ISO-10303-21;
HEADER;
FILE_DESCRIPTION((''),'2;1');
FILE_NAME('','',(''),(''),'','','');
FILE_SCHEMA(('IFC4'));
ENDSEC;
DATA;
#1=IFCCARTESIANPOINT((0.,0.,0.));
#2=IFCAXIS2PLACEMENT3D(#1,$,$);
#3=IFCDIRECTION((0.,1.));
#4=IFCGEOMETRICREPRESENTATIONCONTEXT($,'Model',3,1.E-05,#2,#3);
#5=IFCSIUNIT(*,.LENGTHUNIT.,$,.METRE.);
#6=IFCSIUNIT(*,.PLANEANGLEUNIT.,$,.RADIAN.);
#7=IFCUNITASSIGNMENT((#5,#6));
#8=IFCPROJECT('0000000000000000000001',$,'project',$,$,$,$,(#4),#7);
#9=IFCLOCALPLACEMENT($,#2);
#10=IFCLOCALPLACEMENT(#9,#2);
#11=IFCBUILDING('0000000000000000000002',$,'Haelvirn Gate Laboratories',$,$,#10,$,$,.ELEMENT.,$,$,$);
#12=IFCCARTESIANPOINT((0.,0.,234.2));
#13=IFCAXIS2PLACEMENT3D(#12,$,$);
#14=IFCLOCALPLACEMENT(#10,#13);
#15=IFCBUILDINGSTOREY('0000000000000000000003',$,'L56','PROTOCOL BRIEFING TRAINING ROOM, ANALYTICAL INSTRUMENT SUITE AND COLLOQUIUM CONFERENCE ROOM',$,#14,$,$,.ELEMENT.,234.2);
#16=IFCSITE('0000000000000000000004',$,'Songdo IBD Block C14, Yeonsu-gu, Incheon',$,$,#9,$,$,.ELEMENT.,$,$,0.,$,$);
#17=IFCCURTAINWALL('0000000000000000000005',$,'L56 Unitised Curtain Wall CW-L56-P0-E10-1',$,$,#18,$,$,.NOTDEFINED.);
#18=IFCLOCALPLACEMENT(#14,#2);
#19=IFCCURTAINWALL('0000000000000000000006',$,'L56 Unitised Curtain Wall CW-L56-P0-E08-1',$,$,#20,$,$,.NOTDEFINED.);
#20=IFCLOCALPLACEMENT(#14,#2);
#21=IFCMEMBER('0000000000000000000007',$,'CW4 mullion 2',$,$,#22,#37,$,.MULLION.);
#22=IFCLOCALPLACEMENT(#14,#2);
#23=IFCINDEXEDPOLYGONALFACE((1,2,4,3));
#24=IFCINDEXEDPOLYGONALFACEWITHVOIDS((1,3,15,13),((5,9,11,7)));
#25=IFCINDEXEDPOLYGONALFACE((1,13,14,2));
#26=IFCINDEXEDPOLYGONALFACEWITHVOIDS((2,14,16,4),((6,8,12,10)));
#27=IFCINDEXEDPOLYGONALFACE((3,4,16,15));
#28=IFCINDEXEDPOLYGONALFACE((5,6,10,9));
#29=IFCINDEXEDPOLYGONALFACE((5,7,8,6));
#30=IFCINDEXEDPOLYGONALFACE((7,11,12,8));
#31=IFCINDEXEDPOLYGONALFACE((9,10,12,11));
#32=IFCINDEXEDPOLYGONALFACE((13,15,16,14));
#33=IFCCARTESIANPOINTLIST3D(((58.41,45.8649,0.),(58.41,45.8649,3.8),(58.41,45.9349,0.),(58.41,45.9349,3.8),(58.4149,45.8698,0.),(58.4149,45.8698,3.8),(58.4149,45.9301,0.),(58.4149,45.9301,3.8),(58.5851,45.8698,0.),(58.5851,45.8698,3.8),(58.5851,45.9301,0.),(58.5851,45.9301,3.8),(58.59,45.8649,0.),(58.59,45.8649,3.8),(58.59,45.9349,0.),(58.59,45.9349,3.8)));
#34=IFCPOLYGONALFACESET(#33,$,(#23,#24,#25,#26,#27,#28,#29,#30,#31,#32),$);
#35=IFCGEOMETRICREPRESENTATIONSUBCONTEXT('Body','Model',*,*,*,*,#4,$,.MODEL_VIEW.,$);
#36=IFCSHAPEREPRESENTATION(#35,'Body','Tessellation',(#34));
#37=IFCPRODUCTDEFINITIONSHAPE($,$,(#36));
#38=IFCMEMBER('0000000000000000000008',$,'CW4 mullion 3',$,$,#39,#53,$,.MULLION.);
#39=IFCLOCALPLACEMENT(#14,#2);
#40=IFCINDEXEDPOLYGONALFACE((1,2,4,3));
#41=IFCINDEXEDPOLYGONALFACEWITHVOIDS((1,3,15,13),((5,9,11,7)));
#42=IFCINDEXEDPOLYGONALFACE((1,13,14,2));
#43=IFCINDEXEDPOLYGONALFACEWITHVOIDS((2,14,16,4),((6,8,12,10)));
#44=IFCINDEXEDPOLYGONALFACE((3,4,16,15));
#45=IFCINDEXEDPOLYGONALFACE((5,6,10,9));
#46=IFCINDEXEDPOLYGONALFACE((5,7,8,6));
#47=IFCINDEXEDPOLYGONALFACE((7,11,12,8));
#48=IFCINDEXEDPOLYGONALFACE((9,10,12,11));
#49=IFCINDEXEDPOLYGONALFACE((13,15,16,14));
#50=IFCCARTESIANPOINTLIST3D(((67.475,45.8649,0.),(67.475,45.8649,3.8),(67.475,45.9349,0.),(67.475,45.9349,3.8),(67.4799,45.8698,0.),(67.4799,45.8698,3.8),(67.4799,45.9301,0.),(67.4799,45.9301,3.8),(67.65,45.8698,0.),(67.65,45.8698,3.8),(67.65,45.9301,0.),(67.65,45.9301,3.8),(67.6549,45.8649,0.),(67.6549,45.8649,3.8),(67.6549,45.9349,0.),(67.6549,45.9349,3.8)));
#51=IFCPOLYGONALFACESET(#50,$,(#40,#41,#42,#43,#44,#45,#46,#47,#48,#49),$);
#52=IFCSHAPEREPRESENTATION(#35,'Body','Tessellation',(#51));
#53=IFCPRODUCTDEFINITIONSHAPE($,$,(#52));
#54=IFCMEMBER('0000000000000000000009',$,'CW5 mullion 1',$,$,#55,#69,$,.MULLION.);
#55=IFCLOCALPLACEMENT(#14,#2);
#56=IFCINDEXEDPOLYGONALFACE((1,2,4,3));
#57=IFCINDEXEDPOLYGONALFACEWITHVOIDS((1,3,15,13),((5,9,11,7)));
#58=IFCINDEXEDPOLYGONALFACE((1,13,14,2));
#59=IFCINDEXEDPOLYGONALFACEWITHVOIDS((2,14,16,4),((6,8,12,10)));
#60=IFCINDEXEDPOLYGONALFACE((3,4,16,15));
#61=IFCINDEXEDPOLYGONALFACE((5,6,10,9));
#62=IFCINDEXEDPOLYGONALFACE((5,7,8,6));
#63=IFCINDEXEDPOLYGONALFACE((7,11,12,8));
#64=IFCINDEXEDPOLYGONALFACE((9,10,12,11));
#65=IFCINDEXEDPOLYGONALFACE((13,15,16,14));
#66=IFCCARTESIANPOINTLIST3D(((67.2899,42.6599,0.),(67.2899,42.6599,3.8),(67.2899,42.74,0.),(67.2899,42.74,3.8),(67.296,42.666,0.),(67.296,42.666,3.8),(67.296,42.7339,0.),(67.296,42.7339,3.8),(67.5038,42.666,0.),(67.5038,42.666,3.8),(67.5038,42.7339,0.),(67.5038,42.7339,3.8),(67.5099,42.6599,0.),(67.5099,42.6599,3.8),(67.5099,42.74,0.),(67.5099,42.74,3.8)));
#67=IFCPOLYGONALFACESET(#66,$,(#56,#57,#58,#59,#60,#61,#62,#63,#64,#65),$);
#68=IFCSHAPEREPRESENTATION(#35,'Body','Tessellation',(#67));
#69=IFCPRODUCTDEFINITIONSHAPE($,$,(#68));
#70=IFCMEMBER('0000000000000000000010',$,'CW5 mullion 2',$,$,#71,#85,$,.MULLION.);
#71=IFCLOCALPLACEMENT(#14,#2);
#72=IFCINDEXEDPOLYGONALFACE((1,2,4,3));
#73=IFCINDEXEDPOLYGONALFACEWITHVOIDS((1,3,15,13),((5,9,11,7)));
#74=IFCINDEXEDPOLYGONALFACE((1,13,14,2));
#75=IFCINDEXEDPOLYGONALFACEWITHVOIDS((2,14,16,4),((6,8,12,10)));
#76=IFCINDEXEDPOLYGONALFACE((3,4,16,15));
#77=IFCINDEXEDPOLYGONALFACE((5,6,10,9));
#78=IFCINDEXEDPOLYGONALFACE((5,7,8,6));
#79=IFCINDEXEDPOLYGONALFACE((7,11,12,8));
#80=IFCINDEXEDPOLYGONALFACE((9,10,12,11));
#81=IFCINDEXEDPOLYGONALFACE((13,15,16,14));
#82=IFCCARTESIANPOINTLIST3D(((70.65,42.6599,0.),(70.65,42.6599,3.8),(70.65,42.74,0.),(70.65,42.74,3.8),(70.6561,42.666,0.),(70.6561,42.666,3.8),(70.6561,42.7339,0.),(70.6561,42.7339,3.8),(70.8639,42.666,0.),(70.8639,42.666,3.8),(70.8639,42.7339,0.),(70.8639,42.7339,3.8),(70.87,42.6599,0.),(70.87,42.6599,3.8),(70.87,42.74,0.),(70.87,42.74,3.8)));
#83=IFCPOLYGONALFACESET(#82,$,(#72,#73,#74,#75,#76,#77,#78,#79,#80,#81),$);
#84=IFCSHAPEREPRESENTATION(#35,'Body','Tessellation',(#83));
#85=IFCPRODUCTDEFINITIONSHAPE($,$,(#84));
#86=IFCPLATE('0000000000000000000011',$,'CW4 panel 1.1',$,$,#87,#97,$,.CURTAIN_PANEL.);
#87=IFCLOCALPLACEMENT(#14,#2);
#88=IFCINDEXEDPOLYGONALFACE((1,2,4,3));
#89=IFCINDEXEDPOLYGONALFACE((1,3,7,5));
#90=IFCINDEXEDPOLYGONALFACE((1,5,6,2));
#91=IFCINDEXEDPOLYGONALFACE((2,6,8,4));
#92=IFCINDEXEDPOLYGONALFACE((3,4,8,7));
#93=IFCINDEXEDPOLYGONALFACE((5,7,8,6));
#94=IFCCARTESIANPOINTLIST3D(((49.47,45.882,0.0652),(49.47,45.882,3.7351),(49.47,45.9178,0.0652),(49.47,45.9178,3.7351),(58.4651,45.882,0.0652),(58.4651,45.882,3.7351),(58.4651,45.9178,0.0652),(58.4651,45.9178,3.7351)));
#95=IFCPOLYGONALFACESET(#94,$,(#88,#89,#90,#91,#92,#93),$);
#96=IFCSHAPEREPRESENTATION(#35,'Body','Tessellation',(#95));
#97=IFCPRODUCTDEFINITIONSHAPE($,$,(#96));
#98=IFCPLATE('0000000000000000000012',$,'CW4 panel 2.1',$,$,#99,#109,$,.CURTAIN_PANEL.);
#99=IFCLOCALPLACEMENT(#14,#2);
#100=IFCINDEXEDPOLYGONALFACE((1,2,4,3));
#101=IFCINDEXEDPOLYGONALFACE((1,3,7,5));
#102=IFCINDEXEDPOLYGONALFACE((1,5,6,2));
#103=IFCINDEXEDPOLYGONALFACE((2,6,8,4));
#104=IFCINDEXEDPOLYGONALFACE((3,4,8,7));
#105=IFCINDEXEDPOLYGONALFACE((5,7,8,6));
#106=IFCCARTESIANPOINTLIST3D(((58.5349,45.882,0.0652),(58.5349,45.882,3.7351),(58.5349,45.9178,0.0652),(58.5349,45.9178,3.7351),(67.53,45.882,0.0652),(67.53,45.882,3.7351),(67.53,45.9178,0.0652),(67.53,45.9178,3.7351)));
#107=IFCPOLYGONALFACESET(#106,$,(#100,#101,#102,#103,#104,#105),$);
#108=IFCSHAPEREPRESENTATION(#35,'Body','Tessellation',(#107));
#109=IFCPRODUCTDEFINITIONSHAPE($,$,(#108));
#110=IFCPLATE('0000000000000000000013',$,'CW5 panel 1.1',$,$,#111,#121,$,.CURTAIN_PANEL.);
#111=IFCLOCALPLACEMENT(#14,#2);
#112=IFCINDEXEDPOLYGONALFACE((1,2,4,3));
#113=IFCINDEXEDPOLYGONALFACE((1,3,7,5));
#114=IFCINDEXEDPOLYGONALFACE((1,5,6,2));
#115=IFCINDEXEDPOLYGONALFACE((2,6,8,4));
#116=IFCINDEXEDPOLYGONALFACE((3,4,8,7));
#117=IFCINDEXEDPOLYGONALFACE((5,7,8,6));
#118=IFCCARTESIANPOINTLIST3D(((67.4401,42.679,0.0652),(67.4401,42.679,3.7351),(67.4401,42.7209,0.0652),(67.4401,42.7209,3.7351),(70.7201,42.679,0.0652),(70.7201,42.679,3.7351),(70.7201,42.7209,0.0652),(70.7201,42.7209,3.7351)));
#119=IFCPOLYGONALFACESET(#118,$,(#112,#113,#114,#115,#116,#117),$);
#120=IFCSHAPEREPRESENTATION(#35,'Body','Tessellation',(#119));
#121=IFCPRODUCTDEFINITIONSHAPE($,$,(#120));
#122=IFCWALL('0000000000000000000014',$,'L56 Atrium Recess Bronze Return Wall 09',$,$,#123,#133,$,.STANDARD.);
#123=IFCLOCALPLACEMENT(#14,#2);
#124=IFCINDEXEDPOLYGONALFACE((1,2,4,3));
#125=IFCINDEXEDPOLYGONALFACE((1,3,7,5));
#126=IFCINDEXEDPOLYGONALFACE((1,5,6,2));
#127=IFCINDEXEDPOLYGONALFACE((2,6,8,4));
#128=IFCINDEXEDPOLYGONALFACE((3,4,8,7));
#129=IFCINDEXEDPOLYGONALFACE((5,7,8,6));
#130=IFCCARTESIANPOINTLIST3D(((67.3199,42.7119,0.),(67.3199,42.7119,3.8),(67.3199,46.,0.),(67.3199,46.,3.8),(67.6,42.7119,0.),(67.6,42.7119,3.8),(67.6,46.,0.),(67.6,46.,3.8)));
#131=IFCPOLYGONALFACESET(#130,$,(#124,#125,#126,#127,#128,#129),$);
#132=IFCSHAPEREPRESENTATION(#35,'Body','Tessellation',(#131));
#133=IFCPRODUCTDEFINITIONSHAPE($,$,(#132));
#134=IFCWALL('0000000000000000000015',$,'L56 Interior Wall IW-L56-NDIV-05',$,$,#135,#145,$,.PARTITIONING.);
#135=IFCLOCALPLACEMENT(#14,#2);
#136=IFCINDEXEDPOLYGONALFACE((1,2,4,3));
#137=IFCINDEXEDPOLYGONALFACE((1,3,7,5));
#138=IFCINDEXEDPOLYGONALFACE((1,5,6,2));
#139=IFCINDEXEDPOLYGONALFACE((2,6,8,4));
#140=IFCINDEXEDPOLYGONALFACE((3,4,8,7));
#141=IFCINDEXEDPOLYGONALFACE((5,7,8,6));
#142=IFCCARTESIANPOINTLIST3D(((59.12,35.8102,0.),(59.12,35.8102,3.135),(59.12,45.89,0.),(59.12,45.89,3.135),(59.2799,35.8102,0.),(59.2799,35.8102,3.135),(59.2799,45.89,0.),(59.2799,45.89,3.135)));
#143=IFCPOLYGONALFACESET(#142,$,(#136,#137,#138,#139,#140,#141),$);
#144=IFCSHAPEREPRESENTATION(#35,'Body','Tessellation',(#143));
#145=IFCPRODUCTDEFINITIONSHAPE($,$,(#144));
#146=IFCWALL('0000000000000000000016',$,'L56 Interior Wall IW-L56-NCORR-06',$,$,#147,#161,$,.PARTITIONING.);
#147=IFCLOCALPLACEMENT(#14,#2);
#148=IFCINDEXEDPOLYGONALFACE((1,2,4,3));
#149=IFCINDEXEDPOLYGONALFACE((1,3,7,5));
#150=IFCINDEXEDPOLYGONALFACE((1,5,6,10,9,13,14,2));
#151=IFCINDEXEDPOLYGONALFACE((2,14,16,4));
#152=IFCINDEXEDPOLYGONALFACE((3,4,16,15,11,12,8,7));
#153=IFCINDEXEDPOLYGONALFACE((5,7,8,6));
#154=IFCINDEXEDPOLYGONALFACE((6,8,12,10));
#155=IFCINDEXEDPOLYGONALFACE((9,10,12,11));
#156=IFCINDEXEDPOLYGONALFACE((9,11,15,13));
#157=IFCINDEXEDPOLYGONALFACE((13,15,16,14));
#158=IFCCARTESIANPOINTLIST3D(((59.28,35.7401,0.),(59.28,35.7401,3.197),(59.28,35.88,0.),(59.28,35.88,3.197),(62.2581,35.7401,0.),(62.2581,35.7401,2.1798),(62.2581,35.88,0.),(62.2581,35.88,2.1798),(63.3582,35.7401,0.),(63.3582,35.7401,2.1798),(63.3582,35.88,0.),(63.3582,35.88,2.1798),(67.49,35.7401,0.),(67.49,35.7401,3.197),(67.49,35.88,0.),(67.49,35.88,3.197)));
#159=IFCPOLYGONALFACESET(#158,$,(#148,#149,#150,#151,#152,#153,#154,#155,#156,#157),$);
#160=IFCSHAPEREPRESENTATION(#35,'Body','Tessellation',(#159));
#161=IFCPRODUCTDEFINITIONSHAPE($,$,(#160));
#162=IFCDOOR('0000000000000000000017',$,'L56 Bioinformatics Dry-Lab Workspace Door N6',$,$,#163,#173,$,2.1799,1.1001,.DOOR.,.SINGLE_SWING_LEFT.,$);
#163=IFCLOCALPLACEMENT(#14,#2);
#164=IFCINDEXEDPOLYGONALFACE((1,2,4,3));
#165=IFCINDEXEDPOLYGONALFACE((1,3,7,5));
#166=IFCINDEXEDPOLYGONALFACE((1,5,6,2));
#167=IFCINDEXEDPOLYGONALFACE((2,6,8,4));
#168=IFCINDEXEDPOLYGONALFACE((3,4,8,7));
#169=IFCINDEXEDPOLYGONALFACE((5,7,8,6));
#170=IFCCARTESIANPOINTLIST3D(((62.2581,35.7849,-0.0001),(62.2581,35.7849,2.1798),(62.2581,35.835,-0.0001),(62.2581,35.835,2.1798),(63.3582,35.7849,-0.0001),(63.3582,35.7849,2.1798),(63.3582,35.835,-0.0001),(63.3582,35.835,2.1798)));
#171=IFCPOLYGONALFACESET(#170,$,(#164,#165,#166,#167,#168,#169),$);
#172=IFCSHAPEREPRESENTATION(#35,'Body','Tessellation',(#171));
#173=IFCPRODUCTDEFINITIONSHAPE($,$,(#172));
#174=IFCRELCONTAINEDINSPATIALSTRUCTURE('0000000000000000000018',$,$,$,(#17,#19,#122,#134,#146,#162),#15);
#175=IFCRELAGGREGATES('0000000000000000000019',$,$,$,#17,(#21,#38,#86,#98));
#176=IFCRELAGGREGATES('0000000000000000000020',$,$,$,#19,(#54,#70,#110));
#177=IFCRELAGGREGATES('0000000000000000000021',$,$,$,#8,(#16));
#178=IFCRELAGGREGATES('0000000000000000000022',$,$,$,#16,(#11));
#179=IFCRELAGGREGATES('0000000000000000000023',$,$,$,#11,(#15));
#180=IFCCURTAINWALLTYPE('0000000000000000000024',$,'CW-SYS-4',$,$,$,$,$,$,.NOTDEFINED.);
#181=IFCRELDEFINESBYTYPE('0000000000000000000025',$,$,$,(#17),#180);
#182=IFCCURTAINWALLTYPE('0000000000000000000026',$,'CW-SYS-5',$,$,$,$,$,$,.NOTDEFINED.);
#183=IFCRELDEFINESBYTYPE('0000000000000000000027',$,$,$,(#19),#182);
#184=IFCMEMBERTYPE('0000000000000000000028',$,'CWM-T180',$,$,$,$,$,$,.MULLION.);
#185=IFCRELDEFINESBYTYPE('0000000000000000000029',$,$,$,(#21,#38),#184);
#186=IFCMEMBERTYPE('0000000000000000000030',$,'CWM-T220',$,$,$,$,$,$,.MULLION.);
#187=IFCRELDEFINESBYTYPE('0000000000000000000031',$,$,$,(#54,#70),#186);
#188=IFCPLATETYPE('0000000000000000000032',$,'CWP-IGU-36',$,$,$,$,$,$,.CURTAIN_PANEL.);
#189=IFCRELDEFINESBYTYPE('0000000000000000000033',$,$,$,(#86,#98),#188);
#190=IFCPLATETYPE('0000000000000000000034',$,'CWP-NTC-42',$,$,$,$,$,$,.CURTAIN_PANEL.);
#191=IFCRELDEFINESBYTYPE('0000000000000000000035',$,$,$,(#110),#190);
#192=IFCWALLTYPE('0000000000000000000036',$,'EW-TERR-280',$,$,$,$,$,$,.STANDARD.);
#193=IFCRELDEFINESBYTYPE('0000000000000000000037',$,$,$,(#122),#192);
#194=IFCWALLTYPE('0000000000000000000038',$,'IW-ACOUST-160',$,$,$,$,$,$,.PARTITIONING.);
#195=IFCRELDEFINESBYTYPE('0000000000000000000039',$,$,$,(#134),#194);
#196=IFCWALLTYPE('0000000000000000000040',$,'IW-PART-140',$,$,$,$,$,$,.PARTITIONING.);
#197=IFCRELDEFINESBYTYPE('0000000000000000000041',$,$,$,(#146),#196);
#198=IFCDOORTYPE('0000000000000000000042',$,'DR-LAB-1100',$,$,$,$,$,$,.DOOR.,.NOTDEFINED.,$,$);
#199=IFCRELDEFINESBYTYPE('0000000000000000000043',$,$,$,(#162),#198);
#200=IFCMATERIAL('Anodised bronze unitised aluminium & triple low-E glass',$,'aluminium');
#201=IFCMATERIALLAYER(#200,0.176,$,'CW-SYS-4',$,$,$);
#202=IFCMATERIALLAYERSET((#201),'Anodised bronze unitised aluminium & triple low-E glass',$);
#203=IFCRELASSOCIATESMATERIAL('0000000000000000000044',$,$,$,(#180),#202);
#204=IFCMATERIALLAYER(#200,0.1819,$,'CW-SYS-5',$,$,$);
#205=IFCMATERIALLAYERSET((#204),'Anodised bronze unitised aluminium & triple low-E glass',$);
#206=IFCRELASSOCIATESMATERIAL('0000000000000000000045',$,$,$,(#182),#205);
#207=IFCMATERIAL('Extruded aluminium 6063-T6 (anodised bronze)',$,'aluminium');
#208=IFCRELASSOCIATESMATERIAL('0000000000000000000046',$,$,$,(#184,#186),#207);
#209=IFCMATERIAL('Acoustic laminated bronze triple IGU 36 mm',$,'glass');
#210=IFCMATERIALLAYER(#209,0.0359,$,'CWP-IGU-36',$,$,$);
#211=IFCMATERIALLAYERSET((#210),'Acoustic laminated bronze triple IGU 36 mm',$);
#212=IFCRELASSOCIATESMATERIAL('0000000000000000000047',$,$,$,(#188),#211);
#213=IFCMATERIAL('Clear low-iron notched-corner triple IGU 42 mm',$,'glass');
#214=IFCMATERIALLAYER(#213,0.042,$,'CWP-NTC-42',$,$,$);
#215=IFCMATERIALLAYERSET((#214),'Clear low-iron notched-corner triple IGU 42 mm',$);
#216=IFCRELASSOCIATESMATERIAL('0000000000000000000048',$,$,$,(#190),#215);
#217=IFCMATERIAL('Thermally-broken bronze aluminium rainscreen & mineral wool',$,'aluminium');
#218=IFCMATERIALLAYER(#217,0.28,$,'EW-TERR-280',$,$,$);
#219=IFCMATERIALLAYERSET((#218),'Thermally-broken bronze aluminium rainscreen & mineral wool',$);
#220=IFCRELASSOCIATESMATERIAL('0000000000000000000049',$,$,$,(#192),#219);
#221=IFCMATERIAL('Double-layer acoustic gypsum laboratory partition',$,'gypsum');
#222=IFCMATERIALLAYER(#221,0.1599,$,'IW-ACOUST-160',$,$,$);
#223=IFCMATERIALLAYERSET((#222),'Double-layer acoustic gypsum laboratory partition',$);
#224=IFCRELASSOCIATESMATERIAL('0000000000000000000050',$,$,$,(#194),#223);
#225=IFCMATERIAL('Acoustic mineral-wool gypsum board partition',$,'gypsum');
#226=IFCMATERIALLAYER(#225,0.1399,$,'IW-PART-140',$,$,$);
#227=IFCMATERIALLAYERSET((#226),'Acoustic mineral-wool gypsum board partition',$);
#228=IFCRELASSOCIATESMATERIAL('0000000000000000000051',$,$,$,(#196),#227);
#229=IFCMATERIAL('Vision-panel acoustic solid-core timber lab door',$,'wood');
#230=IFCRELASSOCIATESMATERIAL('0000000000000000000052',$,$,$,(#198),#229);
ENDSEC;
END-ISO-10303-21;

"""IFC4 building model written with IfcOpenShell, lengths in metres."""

from ifc_helpers import new_model, si_unit, direction, frame, frame_2d, origin, origin_2d, place, context, subcontext, project, spatial, rectangle, hollow_rectangle, extrude, source, transform, mapped, material, layer, layer_set, material_profile, profile_set, type_object, type_shapes, element, fill, aggregate, save


model = new_model("IFC4")

# Units and contexts
model_context = context("Model", 3, precision=1e-05, world=origin(), true_north=direction((0.0, 1.0)))
body_context = subcontext(model_context, "Body", "Model", "MODEL_VIEW")
ifc_project = project(units=[si_unit("LENGTHUNIT", "METRE"), si_unit("PLANEANGLEUNIT", "RADIAN")], contexts=[model_context])

# Site, building, storey
site_placement = place(None, origin())
site = spatial("IfcSite", under=ifc_project, at=site_placement, Name="Songdo IBD Block C14, Yeonsu-gu, Incheon", CompositionType="ELEMENT", RefElevation=0.0)
building_placement = place(site_placement, origin())
building = spatial("IfcBuilding", under=site, at=building_placement, Name="Haelvirn Gate Laboratories", CompositionType="ELEMENT")
storey_placement = place(building_placement, frame((0.0, 0.0, 234.2)))
storey = spatial("IfcBuildingStorey", under=building, at=storey_placement, Name="L56", Description="PROTOCOL BRIEFING TRAINING ROOM, ANALYTICAL INSTRUMENT SUITE AND COLLOQUIUM CONFERENCE ROOM", CompositionType="ELEMENT", Elevation=234.2)

# Curtain walls
ifc_material_1 = material(Name="Anodised bronze unitised aluminium & triple low-E glass", Category="aluminium")
ifc_layer_1 = layer(ifc_material_1, 0.176, Name="CW-SYS-4")
ifc_layer_set_1 = layer_set([ifc_layer_1], Name="Anodised bronze unitised aluminium & triple low-E glass")
curtain_wall_type_1 = type_object("IfcCurtainWallType", Name="CW-SYS-4", PredefinedType="NOTDEFINED", material=ifc_layer_set_1)
curtain_wall_1_placement = place(storey_placement, origin())
curtain_wall_1 = element("IfcCurtainWall", 1, at=curtain_wall_1_placement, inside=storey, type_object=curtain_wall_type_1, Name="L56 Unitised Curtain Wall CW-L56-P0-E10-1", PredefinedType="NOTDEFINED")
ifc_material_2 = material(Name="Extruded aluminium 6063-T6 (anodised bronze)", Category="aluminium")
ifc_layer_2 = layer(ifc_material_1, 0.1819, Name="CW-SYS-5")
ifc_layer_set_2 = layer_set([ifc_layer_2], Name="Anodised bronze unitised aluminium & triple low-E glass")
curtain_wall_type_2 = type_object("IfcCurtainWallType", Name="CW-SYS-5", PredefinedType="NOTDEFINED", material=ifc_layer_set_2)
curtain_wall_2_placement = place(storey_placement, origin())
curtain_wall_2 = element("IfcCurtainWall", 2, at=curtain_wall_2_placement, inside=storey, type_object=curtain_wall_type_2, Name="L56 Unitised Curtain Wall CW-L56-P0-E08-1", PredefinedType="NOTDEFINED")

# Shared definitions
ifc_material_profile_1 = material_profile(ifc_material_2, hollow_rectangle(XDim=0.0701, YDim=0.1799, WallThickness=0.0049, at=origin_2d()), Name="CWM-180x70x5")
ifc_profile_set_1 = profile_set([ifc_material_profile_1], Name="Extruded aluminium 6063-T6 (anodised bronze)")
member_type_1 = type_object("IfcMemberType", Name="CWM-T180", PredefinedType="MULLION", material=ifc_profile_set_1)
shared_shape_1 = source(origin(), body_context, "Body", "SweptSolid", [
    extrude(hollow_rectangle(XDim=0.0701, YDim=0.1799, WallThickness=0.0049, at=origin_2d()), origin(), (0.0, 0.0, 1.0), 3.8),
])
type_shapes(member_type_1, [shared_shape_1])

# Members
member_1_placement = place(storey_placement, frame((58.5, 45.8999, 0.0), z_axis=(0.0, 0.0, 1.0), x_axis=(0.0, 1.0, 0.0)))
member_1 = element("IfcMember", 3, at=member_1_placement, type_object=member_type_1, Name="CW4 mullion 2", PredefinedType="MULLION", context=body_context, shape_type="MappedRepresentation", body=[
    mapped(shared_shape_1, transform((0.0, 0.0, 0.0), scale=1.0)),
])
member_2_placement = place(storey_placement, frame((67.5649, 45.8999, 0.0), z_axis=(0.0, 0.0, 1.0), x_axis=(0.0, 1.0, 0.0)))
member_2 = element("IfcMember", 4, at=member_2_placement, type_object=member_type_1, Name="CW4 mullion 3", PredefinedType="MULLION", context=body_context, shape_type="MappedRepresentation", body=[
    mapped(shared_shape_1, transform((0.0, 0.0, 0.0), scale=1.0)),
])
ifc_material_profile_2 = material_profile(ifc_material_2, hollow_rectangle(XDim=0.0801, YDim=0.22, WallThickness=0.0061, at=origin_2d()), Name="CWM-220x80x6")
ifc_profile_set_2 = profile_set([ifc_material_profile_2], Name="Extruded aluminium 6063-T6 (anodised bronze)")
member_type_2 = type_object("IfcMemberType", Name="CWM-T220", PredefinedType="MULLION", material=ifc_profile_set_2)
shared_shape_2 = source(origin(), body_context, "Body", "SweptSolid", [
    extrude(hollow_rectangle(XDim=0.0801, YDim=0.22, WallThickness=0.0061, at=origin_2d()), origin(), (0.0, 0.0, 1.0), 3.8),
])
type_shapes(member_type_2, [shared_shape_2])
member_3_placement = place(storey_placement, frame((67.3999, 42.7, 0.0), z_axis=(0.0, 0.0, 1.0), x_axis=(0.0, 1.0, 0.0)))
member_3 = element("IfcMember", 5, at=member_3_placement, type_object=member_type_2, Name="CW5 mullion 1", PredefinedType="MULLION", context=body_context, shape_type="MappedRepresentation", body=[
    mapped(shared_shape_2, transform((0.0, 0.0, 0.0), scale=1.0)),
])
member_4_placement = place(storey_placement, frame((70.76, 42.7, 0.0), z_axis=(0.0, 0.0, 1.0), x_axis=(0.0, 1.0, 0.0)))
member_4 = element("IfcMember", 6, at=member_4_placement, type_object=member_type_2, Name="CW5 mullion 2", PredefinedType="MULLION", context=body_context, shape_type="MappedRepresentation", body=[
    mapped(shared_shape_2, transform((0.0, 0.0, 0.0), scale=1.0)),
])

# Plates
ifc_material_3 = material(Name="Acoustic laminated bronze triple IGU 36 mm", Category="glass")
ifc_layer_3 = layer(ifc_material_3, 0.0359, Name="CWP-IGU-36")
ifc_layer_set_3 = layer_set([ifc_layer_3], Name="Acoustic laminated bronze triple IGU 36 mm")
plate_type_1 = type_object("IfcPlateType", Name="CWP-IGU-36", PredefinedType="CURTAIN_PANEL", material=ifc_layer_set_3)
shared_shape_3 = source(origin(), body_context, "Body", "SweptSolid", [
    extrude(rectangle(XDim=8.9951, YDim=0.0359, at=origin_2d()), origin(), (0.0, 0.0, 1.0), 3.6699),
])
type_shapes(plate_type_1, [shared_shape_3])
plate_1_placement = place(storey_placement, frame((53.9675, 45.8999, 0.0652), z_axis=(0.0, 0.0, 1.0), x_axis=(1.0, 0.0, 0.0)))
plate_1 = element("IfcPlate", 7, at=plate_1_placement, type_object=plate_type_1, Name="CW4 panel 1.1", PredefinedType="CURTAIN_PANEL", context=body_context, shape_type="MappedRepresentation", body=[
    mapped(shared_shape_3, transform((0.0, 0.0, 0.0), scale=1.0)),
])
plate_2_placement = place(storey_placement, frame((63.0325, 45.8999, 0.0652), z_axis=(0.0, 0.0, 1.0), x_axis=(1.0, 0.0, 0.0)))
plate_2 = element("IfcPlate", 8, at=plate_2_placement, type_object=plate_type_1, Name="CW4 panel 2.1", PredefinedType="CURTAIN_PANEL", context=body_context, shape_type="MappedRepresentation", body=[
    mapped(shared_shape_3, transform((0.0, 0.0, 0.0), scale=1.0)),
])
aggregate(curtain_wall_1, [member_1, member_2, plate_1, plate_2])
ifc_material_4 = material(Name="Clear low-iron notched-corner triple IGU 42 mm", Category="glass")
ifc_layer_4 = layer(ifc_material_4, 0.042, Name="CWP-NTC-42")
ifc_layer_set_4 = layer_set([ifc_layer_4], Name="Clear low-iron notched-corner triple IGU 42 mm")
plate_type_2 = type_object("IfcPlateType", Name="CWP-NTC-42", PredefinedType="CURTAIN_PANEL", material=ifc_layer_set_4)
shared_shape_4 = source(origin(), body_context, "Body", "SweptSolid", [
    extrude(rectangle(XDim=3.28, YDim=0.042, at=origin_2d()), origin(), (0.0, 0.0, 1.0), 3.6699),
])
type_shapes(plate_type_2, [shared_shape_4])
plate_3_placement = place(storey_placement, frame((69.0801, 42.7, 0.0652), z_axis=(0.0, 0.0, 1.0), x_axis=(1.0, 0.0, 0.0)))
plate_3 = element("IfcPlate", 9, at=plate_3_placement, type_object=plate_type_2, Name="CW5 panel 1.1", PredefinedType="CURTAIN_PANEL", context=body_context, shape_type="MappedRepresentation", body=[
    mapped(shared_shape_4, transform((0.0, 0.0, 0.0), scale=1.0)),
])
aggregate(curtain_wall_2, [member_3, member_4, plate_3])

# Walls
ifc_material_5 = material(Name="Thermally-broken bronze aluminium rainscreen & mineral wool", Category="aluminium")
ifc_layer_5 = layer(ifc_material_5, 0.28, Name="EW-TERR-280")
ifc_layer_set_5 = layer_set([ifc_layer_5], Name="Thermally-broken bronze aluminium rainscreen & mineral wool")
wall_type_1 = type_object("IfcWallType", Name="EW-TERR-280", PredefinedType="STANDARD", material=ifc_layer_set_5)
wall_1_placement = place(storey_placement, frame((67.46, 42.7119, 0.0), z_axis=(0.0, 0.0, 1.0), x_axis=(0.0, 1.0, 0.0)))
element("IfcWall", 10, at=wall_1_placement, inside=storey, type_object=wall_type_1, Name="L56 Atrium Recess Bronze Return Wall 09", PredefinedType="STANDARD", context=body_context, shape_type="SweptSolid", body=[
    extrude(rectangle(XDim=3.2881, YDim=0.28, at=frame_2d((1.644, 0.0))), origin(), (0.0, 0.0, 1.0), 3.8),
])
ifc_material_6 = material(Name="Double-layer acoustic gypsum laboratory partition", Category="gypsum")
ifc_layer_6 = layer(ifc_material_6, 0.1599, Name="IW-ACOUST-160")
ifc_layer_set_6 = layer_set([ifc_layer_6], Name="Double-layer acoustic gypsum laboratory partition")
wall_type_2 = type_object("IfcWallType", Name="IW-ACOUST-160", PredefinedType="PARTITIONING", material=ifc_layer_set_6)
wall_2_placement = place(storey_placement, frame((59.2, 35.8101, 0.0), z_axis=(0.0, 0.0, 1.0), x_axis=(0.0, 1.0, 0.0)))
element("IfcWall", 11, at=wall_2_placement, inside=storey, type_object=wall_type_2, Name="L56 Interior Wall IW-L56-NDIV-05", PredefinedType="PARTITIONING", context=body_context, shape_type="SweptSolid", body=[
    extrude(rectangle(XDim=10.0798, YDim=0.1599, at=frame_2d((5.04, 0.0))), origin(), (0.0, 0.0, 1.0), 3.135),
])

# Wall, opening, door
ifc_material_7 = material(Name="Acoustic mineral-wool gypsum board partition", Category="gypsum")
ifc_layer_7 = layer(ifc_material_7, 0.1399, Name="IW-PART-140")
ifc_layer_set_7 = layer_set([ifc_layer_7], Name="Acoustic mineral-wool gypsum board partition")
wall_type_3 = type_object("IfcWallType", Name="IW-PART-140", PredefinedType="PARTITIONING", material=ifc_layer_set_7)
wall_3_placement = place(storey_placement, frame((59.28, 35.8101, 0.0), z_axis=(0.0, 0.0, 1.0), x_axis=(1.0, 0.0, 0.0)))
wall_3 = element("IfcWall", 12, at=wall_3_placement, inside=storey, type_object=wall_type_3, Name="L56 Interior Wall IW-L56-NCORR-06", PredefinedType="PARTITIONING", context=body_context, shape_type="SweptSolid", body=[
    extrude(rectangle(XDim=8.21, YDim=0.1399, at=frame_2d((4.105, 0.0))), origin(), (0.0, 0.0, 1.0), 3.197),
])
opening_1_placement = place(wall_3_placement, frame((2.978, 0.0, 0.0)))
opening_1 = element("IfcOpeningElement", 13, at=opening_1_placement, cuts=wall_3, PredefinedType="OPENING", context=body_context, shape_type="SweptSolid", body=[
    extrude(rectangle(XDim=1.1001, YDim=2.1799, at=frame_2d((0.55, 1.0898))), frame((0.0, 0.0801, 0.0), z_axis=(0.0, -1.0, 0.0), x_axis=(1.0, 0.0, 0.0)), (0.0, 0.0, 1.0), 0.1599),
])
ifc_material_8 = material(Name="Vision-panel acoustic solid-core timber lab door", Category="wood")
door_type_1 = type_object("IfcDoorType", Name="DR-LAB-1100", OperationType="NOTDEFINED", PredefinedType="DOOR", material=ifc_material_8)
shared_shape_5 = source(origin(), body_context, "Body", "SweptSolid", [
    extrude(rectangle(XDim=1.1001, YDim=2.1799, at=frame_2d((0.55, 1.0898))), frame((0.0, 0.0249, 0.0), z_axis=(0.0, -1.0, 0.0), x_axis=(1.0, 0.0, 0.0)), (0.0, 0.0, 1.0), 0.05),
])
type_shapes(door_type_1, [shared_shape_5])
door_1_placement = place(opening_1_placement, origin())
door_1 = element("IfcDoor", 14, at=door_1_placement, inside=storey, type_object=door_type_1, Name="L56 Bioinformatics Dry-Lab Workspace Door N6", OperationType="SINGLE_SWING_LEFT", OverallHeight=2.1799, OverallWidth=1.1001, PredefinedType="DOOR", context=body_context, shape_type="MappedRepresentation", body=[
    mapped(shared_shape_5, transform((0.0, 0.0, 0.0), scale=1.0)),
])
fill(opening_1, door_1)

save(model, "model.ifc")
